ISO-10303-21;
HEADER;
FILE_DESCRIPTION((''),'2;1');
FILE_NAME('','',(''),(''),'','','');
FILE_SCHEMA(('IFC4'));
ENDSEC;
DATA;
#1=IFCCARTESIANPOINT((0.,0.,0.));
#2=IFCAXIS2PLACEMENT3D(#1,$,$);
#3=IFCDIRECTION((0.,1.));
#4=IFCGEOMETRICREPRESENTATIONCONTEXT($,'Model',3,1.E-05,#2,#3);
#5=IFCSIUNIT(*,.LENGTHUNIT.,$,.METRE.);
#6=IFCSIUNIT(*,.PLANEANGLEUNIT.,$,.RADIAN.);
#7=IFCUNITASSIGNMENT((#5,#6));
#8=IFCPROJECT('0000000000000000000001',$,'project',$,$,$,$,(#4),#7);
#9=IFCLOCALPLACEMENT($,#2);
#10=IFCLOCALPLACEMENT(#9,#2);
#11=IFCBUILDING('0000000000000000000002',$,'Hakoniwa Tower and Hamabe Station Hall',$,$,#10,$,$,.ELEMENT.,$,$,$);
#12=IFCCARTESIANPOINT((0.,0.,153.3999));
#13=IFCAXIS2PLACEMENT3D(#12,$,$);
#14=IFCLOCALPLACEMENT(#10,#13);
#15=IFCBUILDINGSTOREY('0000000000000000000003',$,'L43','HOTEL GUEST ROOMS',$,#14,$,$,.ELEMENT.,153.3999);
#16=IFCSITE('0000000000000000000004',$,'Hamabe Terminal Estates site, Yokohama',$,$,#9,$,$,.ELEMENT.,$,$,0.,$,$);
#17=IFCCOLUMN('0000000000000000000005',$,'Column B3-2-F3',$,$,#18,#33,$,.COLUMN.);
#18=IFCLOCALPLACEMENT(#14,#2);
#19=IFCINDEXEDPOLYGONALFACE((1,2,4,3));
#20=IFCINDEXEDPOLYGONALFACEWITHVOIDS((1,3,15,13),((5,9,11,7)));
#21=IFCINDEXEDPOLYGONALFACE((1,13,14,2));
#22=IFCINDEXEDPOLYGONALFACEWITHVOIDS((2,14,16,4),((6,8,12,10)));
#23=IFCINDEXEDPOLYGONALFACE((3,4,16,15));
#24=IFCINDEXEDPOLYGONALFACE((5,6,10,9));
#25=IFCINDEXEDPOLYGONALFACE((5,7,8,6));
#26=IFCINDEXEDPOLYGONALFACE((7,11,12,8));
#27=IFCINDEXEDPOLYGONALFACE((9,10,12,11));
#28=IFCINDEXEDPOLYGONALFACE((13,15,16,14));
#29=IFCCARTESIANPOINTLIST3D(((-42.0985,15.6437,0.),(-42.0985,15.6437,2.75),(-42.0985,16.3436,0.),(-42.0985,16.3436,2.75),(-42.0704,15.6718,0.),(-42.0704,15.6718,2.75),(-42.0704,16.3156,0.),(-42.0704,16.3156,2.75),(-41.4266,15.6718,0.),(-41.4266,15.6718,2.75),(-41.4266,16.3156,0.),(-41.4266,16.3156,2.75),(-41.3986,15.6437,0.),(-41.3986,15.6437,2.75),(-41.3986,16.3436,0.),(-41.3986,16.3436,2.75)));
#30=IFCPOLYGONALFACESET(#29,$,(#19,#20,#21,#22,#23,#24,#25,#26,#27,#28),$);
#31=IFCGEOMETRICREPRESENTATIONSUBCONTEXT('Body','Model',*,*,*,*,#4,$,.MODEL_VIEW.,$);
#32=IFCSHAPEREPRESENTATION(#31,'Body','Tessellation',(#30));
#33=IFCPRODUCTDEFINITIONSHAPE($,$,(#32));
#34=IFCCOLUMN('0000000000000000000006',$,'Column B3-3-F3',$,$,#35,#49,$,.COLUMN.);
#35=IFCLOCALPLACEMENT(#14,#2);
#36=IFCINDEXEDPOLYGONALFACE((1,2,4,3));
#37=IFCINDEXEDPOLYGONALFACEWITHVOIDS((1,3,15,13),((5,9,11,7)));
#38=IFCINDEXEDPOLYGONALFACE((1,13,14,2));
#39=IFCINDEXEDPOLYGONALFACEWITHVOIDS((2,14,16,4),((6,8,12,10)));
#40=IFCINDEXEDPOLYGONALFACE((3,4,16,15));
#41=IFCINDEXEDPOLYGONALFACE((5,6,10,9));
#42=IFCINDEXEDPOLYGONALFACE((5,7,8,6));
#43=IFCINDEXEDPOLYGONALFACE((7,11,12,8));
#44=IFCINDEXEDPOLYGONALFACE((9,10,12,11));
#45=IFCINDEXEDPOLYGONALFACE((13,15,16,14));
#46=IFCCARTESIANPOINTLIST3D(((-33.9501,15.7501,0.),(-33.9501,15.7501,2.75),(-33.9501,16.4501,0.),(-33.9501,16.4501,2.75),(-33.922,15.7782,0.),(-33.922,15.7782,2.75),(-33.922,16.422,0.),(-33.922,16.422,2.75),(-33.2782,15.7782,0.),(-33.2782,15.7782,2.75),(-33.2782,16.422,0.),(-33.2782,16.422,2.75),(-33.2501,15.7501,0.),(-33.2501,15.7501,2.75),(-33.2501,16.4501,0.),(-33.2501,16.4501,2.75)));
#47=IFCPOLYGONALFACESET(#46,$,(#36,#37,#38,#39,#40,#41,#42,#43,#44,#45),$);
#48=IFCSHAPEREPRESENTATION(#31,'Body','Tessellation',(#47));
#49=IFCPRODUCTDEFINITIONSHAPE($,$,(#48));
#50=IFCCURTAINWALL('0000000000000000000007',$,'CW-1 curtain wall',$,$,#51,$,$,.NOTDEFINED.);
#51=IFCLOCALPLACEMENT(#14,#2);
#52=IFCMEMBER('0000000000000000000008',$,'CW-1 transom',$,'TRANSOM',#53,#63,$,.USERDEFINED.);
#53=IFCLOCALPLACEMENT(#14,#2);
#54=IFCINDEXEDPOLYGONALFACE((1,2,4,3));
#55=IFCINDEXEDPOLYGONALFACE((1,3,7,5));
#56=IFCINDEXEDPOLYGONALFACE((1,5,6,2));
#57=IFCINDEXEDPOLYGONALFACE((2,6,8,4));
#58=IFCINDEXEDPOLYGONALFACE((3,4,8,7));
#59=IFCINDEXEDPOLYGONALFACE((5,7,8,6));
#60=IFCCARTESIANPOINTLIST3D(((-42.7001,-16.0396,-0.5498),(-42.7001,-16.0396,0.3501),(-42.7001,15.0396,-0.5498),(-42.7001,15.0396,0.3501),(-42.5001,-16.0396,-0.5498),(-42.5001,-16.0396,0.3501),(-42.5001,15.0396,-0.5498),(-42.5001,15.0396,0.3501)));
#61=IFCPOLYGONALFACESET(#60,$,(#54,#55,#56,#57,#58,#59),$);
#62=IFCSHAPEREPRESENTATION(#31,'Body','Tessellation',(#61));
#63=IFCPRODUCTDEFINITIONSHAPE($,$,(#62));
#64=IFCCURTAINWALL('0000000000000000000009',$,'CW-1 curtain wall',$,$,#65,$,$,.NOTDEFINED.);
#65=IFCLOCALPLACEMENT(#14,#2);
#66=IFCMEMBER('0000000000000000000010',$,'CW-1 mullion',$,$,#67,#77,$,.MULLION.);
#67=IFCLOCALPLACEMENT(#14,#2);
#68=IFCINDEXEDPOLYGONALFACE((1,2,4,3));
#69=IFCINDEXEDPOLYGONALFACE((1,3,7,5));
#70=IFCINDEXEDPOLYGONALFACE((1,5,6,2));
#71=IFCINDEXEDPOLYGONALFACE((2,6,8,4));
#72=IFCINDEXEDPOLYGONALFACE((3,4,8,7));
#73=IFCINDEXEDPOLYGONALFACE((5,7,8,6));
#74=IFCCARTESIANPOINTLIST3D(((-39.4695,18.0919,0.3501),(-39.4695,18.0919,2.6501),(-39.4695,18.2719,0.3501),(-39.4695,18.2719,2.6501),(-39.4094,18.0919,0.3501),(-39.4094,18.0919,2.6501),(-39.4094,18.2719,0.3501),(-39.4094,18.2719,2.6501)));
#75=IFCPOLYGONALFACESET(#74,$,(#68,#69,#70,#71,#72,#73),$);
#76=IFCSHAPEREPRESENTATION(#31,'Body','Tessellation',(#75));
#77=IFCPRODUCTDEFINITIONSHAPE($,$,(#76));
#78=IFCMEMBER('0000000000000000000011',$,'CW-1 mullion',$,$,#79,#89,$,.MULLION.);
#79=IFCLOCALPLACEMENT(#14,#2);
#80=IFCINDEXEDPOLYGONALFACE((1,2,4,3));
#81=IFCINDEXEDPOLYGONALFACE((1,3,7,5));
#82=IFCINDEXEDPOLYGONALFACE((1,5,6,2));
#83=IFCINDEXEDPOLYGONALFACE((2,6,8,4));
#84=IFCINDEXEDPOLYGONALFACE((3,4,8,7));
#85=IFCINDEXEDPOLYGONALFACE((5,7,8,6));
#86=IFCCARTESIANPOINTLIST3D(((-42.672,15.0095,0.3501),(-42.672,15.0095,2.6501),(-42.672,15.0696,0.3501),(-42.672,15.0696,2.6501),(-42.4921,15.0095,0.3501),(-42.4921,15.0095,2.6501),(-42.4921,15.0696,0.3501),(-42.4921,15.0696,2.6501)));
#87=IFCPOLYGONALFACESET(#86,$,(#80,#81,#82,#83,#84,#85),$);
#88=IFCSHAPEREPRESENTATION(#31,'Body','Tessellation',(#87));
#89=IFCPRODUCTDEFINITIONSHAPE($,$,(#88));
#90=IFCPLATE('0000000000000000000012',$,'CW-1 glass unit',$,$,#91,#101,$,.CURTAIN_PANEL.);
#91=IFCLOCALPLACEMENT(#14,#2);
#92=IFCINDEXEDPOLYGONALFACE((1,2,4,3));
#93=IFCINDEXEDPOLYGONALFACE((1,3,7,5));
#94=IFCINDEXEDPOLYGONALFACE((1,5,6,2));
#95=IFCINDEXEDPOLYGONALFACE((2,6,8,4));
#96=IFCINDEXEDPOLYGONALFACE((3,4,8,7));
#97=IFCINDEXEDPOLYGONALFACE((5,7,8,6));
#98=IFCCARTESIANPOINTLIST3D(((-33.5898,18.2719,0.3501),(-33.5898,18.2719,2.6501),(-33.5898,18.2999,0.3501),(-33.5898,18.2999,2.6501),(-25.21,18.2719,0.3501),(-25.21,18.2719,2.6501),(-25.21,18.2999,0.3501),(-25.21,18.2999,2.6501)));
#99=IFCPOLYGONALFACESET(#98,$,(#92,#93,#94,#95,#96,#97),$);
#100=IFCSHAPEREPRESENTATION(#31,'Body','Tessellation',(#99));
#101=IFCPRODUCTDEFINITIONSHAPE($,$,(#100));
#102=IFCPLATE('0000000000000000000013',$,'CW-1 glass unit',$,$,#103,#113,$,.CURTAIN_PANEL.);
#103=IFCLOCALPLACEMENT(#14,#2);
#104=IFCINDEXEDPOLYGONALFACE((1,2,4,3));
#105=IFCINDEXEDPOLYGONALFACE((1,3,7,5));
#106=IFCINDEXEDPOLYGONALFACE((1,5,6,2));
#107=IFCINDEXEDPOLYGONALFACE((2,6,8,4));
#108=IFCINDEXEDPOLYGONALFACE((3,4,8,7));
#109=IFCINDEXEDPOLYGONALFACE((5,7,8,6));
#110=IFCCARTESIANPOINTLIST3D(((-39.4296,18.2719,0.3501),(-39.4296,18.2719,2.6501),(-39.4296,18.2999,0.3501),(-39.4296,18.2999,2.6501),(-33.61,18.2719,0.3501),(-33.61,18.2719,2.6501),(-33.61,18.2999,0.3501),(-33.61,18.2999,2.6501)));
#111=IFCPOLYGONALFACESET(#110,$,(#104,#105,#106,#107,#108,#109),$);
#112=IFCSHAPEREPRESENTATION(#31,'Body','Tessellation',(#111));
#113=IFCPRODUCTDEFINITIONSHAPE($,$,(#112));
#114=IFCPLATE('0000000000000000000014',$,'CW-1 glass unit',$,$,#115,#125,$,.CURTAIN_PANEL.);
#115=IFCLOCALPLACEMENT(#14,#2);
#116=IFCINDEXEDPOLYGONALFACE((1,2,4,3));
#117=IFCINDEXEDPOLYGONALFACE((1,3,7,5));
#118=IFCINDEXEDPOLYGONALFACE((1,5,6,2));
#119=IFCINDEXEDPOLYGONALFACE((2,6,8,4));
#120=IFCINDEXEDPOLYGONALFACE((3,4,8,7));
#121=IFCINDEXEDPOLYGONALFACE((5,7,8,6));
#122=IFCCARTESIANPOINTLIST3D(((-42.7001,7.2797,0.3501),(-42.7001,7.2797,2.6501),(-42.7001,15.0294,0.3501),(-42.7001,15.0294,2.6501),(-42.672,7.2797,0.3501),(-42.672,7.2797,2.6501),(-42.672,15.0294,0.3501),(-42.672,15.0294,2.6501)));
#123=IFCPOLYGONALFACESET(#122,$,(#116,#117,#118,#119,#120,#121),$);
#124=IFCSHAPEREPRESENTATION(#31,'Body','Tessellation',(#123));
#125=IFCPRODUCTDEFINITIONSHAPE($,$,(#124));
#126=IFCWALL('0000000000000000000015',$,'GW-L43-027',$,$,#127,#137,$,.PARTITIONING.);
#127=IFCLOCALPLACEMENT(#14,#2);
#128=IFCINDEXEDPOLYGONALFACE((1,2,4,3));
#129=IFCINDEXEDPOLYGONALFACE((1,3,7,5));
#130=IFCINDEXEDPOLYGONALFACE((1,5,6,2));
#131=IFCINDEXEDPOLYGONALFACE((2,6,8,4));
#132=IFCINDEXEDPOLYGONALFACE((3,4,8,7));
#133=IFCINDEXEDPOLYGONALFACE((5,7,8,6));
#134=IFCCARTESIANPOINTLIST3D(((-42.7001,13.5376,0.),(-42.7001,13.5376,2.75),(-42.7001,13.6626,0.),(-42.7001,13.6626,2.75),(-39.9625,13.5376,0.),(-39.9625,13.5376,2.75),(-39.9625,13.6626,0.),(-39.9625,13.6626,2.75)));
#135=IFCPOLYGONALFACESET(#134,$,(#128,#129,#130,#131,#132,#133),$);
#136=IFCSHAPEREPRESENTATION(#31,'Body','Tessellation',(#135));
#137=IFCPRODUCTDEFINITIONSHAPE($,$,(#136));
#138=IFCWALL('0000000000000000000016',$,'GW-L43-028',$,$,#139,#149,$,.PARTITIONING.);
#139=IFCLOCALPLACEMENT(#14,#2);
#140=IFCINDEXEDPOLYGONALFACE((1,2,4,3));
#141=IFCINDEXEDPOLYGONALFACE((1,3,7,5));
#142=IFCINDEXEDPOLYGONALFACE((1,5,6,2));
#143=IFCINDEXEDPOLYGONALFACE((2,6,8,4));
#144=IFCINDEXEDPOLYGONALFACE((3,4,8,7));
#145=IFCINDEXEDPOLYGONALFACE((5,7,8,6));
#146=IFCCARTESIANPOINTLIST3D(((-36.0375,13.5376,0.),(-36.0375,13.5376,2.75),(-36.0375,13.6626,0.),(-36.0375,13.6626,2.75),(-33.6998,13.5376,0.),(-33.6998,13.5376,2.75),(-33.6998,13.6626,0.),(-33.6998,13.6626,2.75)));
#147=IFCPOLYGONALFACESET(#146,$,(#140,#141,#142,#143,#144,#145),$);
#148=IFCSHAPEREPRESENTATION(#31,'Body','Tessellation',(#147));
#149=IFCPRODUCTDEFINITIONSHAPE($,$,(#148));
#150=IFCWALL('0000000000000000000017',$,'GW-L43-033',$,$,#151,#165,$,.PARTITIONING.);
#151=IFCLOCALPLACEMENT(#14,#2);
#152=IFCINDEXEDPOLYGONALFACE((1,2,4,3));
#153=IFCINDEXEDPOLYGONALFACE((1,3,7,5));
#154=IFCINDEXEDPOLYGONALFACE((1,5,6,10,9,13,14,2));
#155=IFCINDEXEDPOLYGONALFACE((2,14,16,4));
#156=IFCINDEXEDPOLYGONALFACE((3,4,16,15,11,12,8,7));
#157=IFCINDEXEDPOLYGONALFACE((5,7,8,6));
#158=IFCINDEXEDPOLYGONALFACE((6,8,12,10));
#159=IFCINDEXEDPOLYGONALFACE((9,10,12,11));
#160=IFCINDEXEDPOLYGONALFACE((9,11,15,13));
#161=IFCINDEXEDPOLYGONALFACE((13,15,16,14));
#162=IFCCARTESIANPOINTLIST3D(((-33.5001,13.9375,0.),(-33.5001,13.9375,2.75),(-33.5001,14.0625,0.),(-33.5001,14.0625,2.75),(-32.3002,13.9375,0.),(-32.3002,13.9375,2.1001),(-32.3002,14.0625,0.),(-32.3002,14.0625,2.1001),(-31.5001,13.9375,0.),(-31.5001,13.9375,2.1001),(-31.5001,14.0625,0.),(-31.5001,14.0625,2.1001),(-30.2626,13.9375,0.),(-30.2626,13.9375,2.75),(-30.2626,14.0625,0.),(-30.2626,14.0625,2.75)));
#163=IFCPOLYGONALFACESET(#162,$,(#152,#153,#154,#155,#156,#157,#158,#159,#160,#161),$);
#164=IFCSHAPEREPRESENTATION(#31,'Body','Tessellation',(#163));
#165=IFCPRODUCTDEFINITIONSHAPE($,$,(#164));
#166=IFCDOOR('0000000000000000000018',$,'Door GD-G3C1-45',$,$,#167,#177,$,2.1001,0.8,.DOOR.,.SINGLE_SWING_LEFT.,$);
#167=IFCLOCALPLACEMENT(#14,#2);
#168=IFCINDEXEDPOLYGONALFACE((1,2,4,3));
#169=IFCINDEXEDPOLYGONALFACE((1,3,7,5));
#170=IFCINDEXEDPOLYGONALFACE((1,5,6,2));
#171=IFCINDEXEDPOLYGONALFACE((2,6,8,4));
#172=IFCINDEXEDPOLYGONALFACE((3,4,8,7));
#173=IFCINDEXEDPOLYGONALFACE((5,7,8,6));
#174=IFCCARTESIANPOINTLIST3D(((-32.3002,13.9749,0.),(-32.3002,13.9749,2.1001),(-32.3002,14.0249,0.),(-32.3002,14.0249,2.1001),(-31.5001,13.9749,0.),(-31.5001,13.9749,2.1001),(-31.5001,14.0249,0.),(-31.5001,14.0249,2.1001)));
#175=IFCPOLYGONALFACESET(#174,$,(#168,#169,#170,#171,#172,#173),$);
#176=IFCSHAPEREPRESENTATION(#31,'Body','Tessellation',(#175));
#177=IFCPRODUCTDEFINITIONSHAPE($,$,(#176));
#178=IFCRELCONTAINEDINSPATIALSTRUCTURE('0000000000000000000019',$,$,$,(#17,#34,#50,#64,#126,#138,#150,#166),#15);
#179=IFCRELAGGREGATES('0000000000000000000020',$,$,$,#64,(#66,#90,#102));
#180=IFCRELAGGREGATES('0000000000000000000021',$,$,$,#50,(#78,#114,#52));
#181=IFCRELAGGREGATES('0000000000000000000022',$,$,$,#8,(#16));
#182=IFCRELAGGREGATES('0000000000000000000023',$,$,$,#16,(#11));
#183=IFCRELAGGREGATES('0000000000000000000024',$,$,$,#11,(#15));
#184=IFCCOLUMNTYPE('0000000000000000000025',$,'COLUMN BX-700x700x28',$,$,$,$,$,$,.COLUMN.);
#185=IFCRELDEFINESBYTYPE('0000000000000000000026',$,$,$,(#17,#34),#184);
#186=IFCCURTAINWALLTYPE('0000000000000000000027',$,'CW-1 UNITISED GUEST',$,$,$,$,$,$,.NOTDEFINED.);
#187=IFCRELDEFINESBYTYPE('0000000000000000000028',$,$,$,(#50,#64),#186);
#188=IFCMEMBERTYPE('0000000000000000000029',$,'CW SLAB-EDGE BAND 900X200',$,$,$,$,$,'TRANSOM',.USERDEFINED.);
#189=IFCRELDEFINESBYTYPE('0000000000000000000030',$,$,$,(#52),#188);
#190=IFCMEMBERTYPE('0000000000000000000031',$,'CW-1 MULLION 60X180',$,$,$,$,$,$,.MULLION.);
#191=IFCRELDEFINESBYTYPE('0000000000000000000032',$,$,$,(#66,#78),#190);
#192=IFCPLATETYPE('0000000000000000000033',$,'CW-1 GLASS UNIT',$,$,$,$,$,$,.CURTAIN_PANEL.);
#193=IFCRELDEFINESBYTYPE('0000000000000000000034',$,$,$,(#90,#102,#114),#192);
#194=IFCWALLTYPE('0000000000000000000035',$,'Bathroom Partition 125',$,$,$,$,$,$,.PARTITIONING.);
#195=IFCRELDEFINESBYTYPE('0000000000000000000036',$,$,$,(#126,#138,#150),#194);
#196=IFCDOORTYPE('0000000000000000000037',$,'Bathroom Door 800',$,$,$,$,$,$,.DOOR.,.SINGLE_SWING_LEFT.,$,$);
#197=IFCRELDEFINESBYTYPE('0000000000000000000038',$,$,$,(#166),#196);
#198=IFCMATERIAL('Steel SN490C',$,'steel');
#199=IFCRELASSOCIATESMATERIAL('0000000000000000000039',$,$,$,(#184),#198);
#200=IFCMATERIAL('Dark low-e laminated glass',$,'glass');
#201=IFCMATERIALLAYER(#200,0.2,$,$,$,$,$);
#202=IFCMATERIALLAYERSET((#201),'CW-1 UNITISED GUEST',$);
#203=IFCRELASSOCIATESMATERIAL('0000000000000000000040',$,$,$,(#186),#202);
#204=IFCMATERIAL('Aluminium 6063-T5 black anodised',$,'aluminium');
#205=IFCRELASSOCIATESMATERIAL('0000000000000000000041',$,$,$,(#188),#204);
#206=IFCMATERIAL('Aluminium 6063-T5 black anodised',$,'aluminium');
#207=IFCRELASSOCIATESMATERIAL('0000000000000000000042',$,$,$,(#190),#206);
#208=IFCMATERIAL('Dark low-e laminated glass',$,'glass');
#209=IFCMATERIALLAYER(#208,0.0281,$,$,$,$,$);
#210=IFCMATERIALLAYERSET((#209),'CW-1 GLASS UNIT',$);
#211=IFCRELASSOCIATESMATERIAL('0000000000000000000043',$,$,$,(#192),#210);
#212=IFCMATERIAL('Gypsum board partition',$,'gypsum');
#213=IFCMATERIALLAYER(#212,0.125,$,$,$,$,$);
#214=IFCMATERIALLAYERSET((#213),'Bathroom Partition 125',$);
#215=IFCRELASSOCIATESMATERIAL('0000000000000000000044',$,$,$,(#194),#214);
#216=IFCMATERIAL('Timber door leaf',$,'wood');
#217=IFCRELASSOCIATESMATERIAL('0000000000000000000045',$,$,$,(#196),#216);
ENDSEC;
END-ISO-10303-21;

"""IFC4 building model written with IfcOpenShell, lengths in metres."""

from ifc_helpers import new_model, si_unit, direction, frame, frame_2d, origin, origin_2d, place, context, subcontext, project, spatial, rectangle, hollow_rectangle, extrude, material, layer, layer_set, material_profile, profile_set, type_object, element, fill, aggregate, save


model = new_model("IFC4")

# Units and contexts
model_context = context("Model", 3, precision=1e-05, world=origin(), true_north=direction((0.0, 1.0)))
body_context = subcontext(model_context, "Body", "Model", "MODEL_VIEW")
ifc_project = project(units=[si_unit("LENGTHUNIT", "METRE"), si_unit("PLANEANGLEUNIT", "RADIAN")], contexts=[model_context])

# Site, building, storey
site_placement = place(None, origin())
site = spatial("IfcSite", under=ifc_project, at=site_placement, Name="Hamabe Terminal Estates site, Yokohama", CompositionType="ELEMENT", RefElevation=0.0)
building_placement = place(site_placement, origin())
building = spatial("IfcBuilding", under=site, at=building_placement, Name="Hakoniwa Tower and Hamabe Station Hall", CompositionType="ELEMENT")
storey_placement = place(building_placement, frame((0.0, 0.0, 153.3999)))
storey = spatial("IfcBuildingStorey", under=building, at=storey_placement, Name="L43", Description="HOTEL GUEST ROOMS", CompositionType="ELEMENT", Elevation=153.3999)

# Columns
ifc_material_1 = material(Name="Steel SN490C", Category="steel")
ifc_material_profile_1 = material_profile(ifc_material_1, hollow_rectangle(XDim=0.7, YDim=0.7, WallThickness=0.0281, at=origin_2d()), Name="BX-700x700x28")
ifc_profile_set_1 = profile_set([ifc_material_profile_1], Name="Steel SN490C")
column_type = type_object("IfcColumnType", Name="COLUMN BX-700x700x28", PredefinedType="COLUMN", material=ifc_profile_set_1)
for number, where, z_axis, x_axis, name in (
    (1, (-41.7485, 15.9937, 0.0), (0.0, 0.0, 1.0), (1.0, 0.0, 0.0), "Column B3-2-F3"),
    (2, (-33.6001, 16.1001, 0.0), (0.0, 0.0, 1.0), (1.0, 0.0, 0.0), "Column B3-3-F3"),
):
    element("IfcColumn", number, at=place(storey_placement, frame(where, z_axis=z_axis, x_axis=x_axis)), inside=storey, type_object=column_type, Name=name, PredefinedType="COLUMN", context=body_context, shape_type="SweptSolid", body=[
        extrude(hollow_rectangle(XDim=0.7, YDim=0.7, WallThickness=0.0281, at=origin_2d()), origin(), (0.0, 0.0, 1.0), 2.75),
    ])

# Curtain walls, members
ifc_material_2 = material(Name="Dark low-e laminated glass", Category="glass")
ifc_layer_1 = layer(ifc_material_2, 0.2)
ifc_layer_set_1 = layer_set([ifc_layer_1], Name="CW-1 UNITISED GUEST")
curtain_wall_type = type_object("IfcCurtainWallType", Name="CW-1 UNITISED GUEST", PredefinedType="NOTDEFINED", material=ifc_layer_set_1)
curtain_wall_1_placement = place(storey_placement, origin())
curtain_wall_1 = element("IfcCurtainWall", 3, at=curtain_wall_1_placement, inside=storey, type_object=curtain_wall_type, Name="CW-1 curtain wall", PredefinedType="NOTDEFINED")
ifc_material_3 = material(Name="Aluminium 6063-T5 black anodised", Category="aluminium")
ifc_material_profile_2 = material_profile(ifc_material_3, rectangle(XDim=0.2, YDim=0.8999, at=origin_2d()), Name="CW SLAB-EDGE BAND 900X200")
ifc_profile_set_2 = profile_set([ifc_material_profile_2], Name="Aluminium 6063-T5 black anodised")
member_type_1 = type_object("IfcMemberType", Name="CW SLAB-EDGE BAND 900X200", ElementType="TRANSOM", PredefinedType="USERDEFINED", material=ifc_profile_set_2)
member_1_placement = place(storey_placement, frame((-42.6001, 15.0396, -0.0999), z_axis=(0.0, -1.0, 0.0), x_axis=(1.0, 0.0, 0.0)))
member_1 = element("IfcMember", 4, at=member_1_placement, type_object=member_type_1, Name="CW-1 transom", ObjectType="TRANSOM", PredefinedType="USERDEFINED", context=body_context, shape_type="SweptSolid", body=[
    extrude(rectangle(XDim=0.2, YDim=0.8999, at=origin_2d()), origin(), (0.0, 0.0, 1.0), 31.0791),
])
curtain_wall_2_placement = place(storey_placement, origin())
curtain_wall_2 = element("IfcCurtainWall", 5, at=curtain_wall_2_placement, inside=storey, type_object=curtain_wall_type, Name="CW-1 curtain wall", PredefinedType="NOTDEFINED")
ifc_material_4 = material(Name="Aluminium 6063-T5 black anodised", Category="aluminium")
ifc_material_profile_3 = material_profile(ifc_material_4, rectangle(XDim=0.0601, YDim=0.1799, at=origin_2d()), Name="CW-1 MULLION 60X180")
ifc_profile_set_3 = profile_set([ifc_material_profile_3], Name="Aluminium 6063-T5 black anodised")
member_type_2 = type_object("IfcMemberType", Name="CW-1 MULLION 60X180", PredefinedType="MULLION", material=ifc_profile_set_3)
member_2_placement = place(storey_placement, frame((-39.4395, 18.1819, 0.3501), z_axis=(0.0, 0.0, 1.0), x_axis=(-1.0, 0.0, 0.0)))
member_2 = element("IfcMember", 6, at=member_2_placement, type_object=member_type_2, Name="CW-1 mullion", PredefinedType="MULLION", context=body_context, shape_type="SweptSolid", body=[
    extrude(rectangle(XDim=0.0601, YDim=0.1799, at=origin_2d()), origin(), (0.0, 0.0, 1.0), 2.3),
])

# Member
member_3_placement = place(storey_placement, frame((-42.582, 15.0396, 0.3501), z_axis=(0.0, 0.0, 1.0), x_axis=(0.0, -1.0, 0.0)))
member_3 = element("IfcMember", 7, at=member_3_placement, type_object=member_type_2, Name="CW-1 mullion", PredefinedType="MULLION", context=body_context, shape_type="SweptSolid", body=[
    extrude(rectangle(XDim=0.0601, YDim=0.1799, at=origin_2d()), origin(), (0.0, 0.0, 1.0), 2.3),
])

# Plates
ifc_material_5 = material(Name="Dark low-e laminated glass", Category="glass")
ifc_layer_2 = layer(ifc_material_5, 0.0281)
ifc_layer_set_2 = layer_set([ifc_layer_2], Name="CW-1 GLASS UNIT")
plate_type = type_object("IfcPlateType", Name="CW-1 GLASS UNIT", PredefinedType="CURTAIN_PANEL", material=ifc_layer_set_2)
plate_1_placement = place(storey_placement, frame((-29.3999, 18.2859, 0.3501), z_axis=(0.0, 0.0, 1.0), x_axis=(-1.0, 0.0, 0.0)))
plate_1 = element("IfcPlate", 8, at=plate_1_placement, type_object=plate_type, Name="CW-1 glass unit", PredefinedType="CURTAIN_PANEL", context=body_context, shape_type="SweptSolid", body=[
    extrude(rectangle(XDim=8.3799, YDim=0.0281, at=origin_2d()), origin(), (0.0, 0.0, 1.0), 2.3),
])
plate_2_placement = place(storey_placement, frame((-36.5198, 18.2859, 0.3501), z_axis=(0.0, 0.0, 1.0), x_axis=(-1.0, 0.0, 0.0)))
plate_2 = element("IfcPlate", 9, at=plate_2_placement, type_object=plate_type, Name="CW-1 glass unit", PredefinedType="CURTAIN_PANEL", context=body_context, shape_type="SweptSolid", body=[
    extrude(rectangle(XDim=5.8196, YDim=0.0281, at=origin_2d()), origin(), (0.0, 0.0, 1.0), 2.3),
])
aggregate(curtain_wall_2, [member_2, plate_1, plate_2])
plate_3_placement = place(storey_placement, frame((-42.686, 11.1545, 0.3501), z_axis=(0.0, 0.0, 1.0), x_axis=(0.0, -1.0, 0.0)))
plate_3 = element("IfcPlate", 10, at=plate_3_placement, type_object=plate_type, Name="CW-1 glass unit", PredefinedType="CURTAIN_PANEL", context=body_context, shape_type="SweptSolid", body=[
    extrude(rectangle(XDim=7.7498, YDim=0.0281, at=origin_2d()), origin(), (0.0, 0.0, 1.0), 2.3),
])
aggregate(curtain_wall_1, [member_3, plate_3, member_1])

# Walls
ifc_material_6 = material(Name="Gypsum board partition", Category="gypsum")
ifc_layer_3 = layer(ifc_material_6, 0.125)
ifc_layer_set_3 = layer_set([ifc_layer_3], Name="Bathroom Partition 125")
wall_type_1 = type_object("IfcWallType", Name="Bathroom Partition 125", PredefinedType="PARTITIONING", material=ifc_layer_set_3)
wall_1_placement = place(storey_placement, frame((-42.7, 13.6001, 0.0), z_axis=(0.0, 0.0, 1.0), x_axis=(1.0, 0.0, 0.0)))
element("IfcWall", 11, at=wall_1_placement, inside=storey, type_object=wall_type_1, Name="GW-L43-027", PredefinedType="PARTITIONING", context=body_context, shape_type="SweptSolid", body=[
    extrude(rectangle(XDim=2.7375, YDim=0.125, at=frame_2d((1.3687, 0.0))), origin(), (0.0, 0.0, 1.0), 2.75),
])
wall_2_placement = place(storey_placement, frame((-36.0376, 13.6001, 0.0), z_axis=(0.0, 0.0, 1.0), x_axis=(1.0, 0.0, 0.0)))
element("IfcWall", 12, at=wall_2_placement, inside=storey, type_object=wall_type_1, Name="GW-L43-028", PredefinedType="PARTITIONING", context=body_context, shape_type="SweptSolid", body=[
    extrude(rectangle(XDim=2.3376, YDim=0.125, at=frame_2d((1.1689, 0.0))), origin(), (0.0, 0.0, 1.0), 2.75),
])

# Wall, opening, door
wall_3_placement = place(storey_placement, frame((-33.5, 14.0, 0.0), z_axis=(0.0, 0.0, 1.0), x_axis=(1.0, 0.0, 0.0)))
wall_3 = element("IfcWall", 13, at=wall_3_placement, inside=storey, type_object=wall_type_1, Name="GW-L43-033", PredefinedType="PARTITIONING", context=body_context, shape_type="SweptSolid", body=[
    extrude(rectangle(XDim=3.2375, YDim=0.125, at=frame_2d((1.6187, 0.0))), origin(), (0.0, 0.0, 1.0), 2.75),
])
opening_1_placement = place(wall_3_placement, frame((1.2, 0.0, 0.0)))
opening_1 = element("IfcOpeningElement", 14, at=opening_1_placement, cuts=wall_3, PredefinedType="OPENING", context=body_context, shape_type="SweptSolid", body=[
    extrude(rectangle(XDim=0.8, YDim=2.1001, at=frame_2d((0.3999, 1.05))), frame((0.0, 0.0725, 0.0), z_axis=(0.0, -1.0, 0.0), x_axis=(1.0, 0.0, 0.0)), (0.0, 0.0, 1.0), 0.145),
])
ifc_material_7 = material(Name="Timber door leaf", Category="wood")
door_type = type_object("IfcDoorType", Name="Bathroom Door 800", OperationType="SINGLE_SWING_LEFT", PredefinedType="DOOR", material=ifc_material_7)
door_1_placement = place(opening_1_placement, origin())
door_1 = element("IfcDoor", 15, at=door_1_placement, inside=storey, type_object=door_type, Name="Door GD-G3C1-45", OperationType="SINGLE_SWING_LEFT", OverallHeight=2.1001, OverallWidth=0.8, PredefinedType="DOOR", context=body_context, shape_type="SweptSolid", body=[
    extrude(rectangle(XDim=0.8, YDim=2.1001, at=frame_2d((0.3999, 1.05))), frame((0.0, 0.0249, 0.0), z_axis=(0.0, -1.0, 0.0), x_axis=(1.0, 0.0, 0.0)), (0.0, 0.0, 1.0), 0.05),
])
fill(opening_1, door_1)

save(model, "model.ifc")
